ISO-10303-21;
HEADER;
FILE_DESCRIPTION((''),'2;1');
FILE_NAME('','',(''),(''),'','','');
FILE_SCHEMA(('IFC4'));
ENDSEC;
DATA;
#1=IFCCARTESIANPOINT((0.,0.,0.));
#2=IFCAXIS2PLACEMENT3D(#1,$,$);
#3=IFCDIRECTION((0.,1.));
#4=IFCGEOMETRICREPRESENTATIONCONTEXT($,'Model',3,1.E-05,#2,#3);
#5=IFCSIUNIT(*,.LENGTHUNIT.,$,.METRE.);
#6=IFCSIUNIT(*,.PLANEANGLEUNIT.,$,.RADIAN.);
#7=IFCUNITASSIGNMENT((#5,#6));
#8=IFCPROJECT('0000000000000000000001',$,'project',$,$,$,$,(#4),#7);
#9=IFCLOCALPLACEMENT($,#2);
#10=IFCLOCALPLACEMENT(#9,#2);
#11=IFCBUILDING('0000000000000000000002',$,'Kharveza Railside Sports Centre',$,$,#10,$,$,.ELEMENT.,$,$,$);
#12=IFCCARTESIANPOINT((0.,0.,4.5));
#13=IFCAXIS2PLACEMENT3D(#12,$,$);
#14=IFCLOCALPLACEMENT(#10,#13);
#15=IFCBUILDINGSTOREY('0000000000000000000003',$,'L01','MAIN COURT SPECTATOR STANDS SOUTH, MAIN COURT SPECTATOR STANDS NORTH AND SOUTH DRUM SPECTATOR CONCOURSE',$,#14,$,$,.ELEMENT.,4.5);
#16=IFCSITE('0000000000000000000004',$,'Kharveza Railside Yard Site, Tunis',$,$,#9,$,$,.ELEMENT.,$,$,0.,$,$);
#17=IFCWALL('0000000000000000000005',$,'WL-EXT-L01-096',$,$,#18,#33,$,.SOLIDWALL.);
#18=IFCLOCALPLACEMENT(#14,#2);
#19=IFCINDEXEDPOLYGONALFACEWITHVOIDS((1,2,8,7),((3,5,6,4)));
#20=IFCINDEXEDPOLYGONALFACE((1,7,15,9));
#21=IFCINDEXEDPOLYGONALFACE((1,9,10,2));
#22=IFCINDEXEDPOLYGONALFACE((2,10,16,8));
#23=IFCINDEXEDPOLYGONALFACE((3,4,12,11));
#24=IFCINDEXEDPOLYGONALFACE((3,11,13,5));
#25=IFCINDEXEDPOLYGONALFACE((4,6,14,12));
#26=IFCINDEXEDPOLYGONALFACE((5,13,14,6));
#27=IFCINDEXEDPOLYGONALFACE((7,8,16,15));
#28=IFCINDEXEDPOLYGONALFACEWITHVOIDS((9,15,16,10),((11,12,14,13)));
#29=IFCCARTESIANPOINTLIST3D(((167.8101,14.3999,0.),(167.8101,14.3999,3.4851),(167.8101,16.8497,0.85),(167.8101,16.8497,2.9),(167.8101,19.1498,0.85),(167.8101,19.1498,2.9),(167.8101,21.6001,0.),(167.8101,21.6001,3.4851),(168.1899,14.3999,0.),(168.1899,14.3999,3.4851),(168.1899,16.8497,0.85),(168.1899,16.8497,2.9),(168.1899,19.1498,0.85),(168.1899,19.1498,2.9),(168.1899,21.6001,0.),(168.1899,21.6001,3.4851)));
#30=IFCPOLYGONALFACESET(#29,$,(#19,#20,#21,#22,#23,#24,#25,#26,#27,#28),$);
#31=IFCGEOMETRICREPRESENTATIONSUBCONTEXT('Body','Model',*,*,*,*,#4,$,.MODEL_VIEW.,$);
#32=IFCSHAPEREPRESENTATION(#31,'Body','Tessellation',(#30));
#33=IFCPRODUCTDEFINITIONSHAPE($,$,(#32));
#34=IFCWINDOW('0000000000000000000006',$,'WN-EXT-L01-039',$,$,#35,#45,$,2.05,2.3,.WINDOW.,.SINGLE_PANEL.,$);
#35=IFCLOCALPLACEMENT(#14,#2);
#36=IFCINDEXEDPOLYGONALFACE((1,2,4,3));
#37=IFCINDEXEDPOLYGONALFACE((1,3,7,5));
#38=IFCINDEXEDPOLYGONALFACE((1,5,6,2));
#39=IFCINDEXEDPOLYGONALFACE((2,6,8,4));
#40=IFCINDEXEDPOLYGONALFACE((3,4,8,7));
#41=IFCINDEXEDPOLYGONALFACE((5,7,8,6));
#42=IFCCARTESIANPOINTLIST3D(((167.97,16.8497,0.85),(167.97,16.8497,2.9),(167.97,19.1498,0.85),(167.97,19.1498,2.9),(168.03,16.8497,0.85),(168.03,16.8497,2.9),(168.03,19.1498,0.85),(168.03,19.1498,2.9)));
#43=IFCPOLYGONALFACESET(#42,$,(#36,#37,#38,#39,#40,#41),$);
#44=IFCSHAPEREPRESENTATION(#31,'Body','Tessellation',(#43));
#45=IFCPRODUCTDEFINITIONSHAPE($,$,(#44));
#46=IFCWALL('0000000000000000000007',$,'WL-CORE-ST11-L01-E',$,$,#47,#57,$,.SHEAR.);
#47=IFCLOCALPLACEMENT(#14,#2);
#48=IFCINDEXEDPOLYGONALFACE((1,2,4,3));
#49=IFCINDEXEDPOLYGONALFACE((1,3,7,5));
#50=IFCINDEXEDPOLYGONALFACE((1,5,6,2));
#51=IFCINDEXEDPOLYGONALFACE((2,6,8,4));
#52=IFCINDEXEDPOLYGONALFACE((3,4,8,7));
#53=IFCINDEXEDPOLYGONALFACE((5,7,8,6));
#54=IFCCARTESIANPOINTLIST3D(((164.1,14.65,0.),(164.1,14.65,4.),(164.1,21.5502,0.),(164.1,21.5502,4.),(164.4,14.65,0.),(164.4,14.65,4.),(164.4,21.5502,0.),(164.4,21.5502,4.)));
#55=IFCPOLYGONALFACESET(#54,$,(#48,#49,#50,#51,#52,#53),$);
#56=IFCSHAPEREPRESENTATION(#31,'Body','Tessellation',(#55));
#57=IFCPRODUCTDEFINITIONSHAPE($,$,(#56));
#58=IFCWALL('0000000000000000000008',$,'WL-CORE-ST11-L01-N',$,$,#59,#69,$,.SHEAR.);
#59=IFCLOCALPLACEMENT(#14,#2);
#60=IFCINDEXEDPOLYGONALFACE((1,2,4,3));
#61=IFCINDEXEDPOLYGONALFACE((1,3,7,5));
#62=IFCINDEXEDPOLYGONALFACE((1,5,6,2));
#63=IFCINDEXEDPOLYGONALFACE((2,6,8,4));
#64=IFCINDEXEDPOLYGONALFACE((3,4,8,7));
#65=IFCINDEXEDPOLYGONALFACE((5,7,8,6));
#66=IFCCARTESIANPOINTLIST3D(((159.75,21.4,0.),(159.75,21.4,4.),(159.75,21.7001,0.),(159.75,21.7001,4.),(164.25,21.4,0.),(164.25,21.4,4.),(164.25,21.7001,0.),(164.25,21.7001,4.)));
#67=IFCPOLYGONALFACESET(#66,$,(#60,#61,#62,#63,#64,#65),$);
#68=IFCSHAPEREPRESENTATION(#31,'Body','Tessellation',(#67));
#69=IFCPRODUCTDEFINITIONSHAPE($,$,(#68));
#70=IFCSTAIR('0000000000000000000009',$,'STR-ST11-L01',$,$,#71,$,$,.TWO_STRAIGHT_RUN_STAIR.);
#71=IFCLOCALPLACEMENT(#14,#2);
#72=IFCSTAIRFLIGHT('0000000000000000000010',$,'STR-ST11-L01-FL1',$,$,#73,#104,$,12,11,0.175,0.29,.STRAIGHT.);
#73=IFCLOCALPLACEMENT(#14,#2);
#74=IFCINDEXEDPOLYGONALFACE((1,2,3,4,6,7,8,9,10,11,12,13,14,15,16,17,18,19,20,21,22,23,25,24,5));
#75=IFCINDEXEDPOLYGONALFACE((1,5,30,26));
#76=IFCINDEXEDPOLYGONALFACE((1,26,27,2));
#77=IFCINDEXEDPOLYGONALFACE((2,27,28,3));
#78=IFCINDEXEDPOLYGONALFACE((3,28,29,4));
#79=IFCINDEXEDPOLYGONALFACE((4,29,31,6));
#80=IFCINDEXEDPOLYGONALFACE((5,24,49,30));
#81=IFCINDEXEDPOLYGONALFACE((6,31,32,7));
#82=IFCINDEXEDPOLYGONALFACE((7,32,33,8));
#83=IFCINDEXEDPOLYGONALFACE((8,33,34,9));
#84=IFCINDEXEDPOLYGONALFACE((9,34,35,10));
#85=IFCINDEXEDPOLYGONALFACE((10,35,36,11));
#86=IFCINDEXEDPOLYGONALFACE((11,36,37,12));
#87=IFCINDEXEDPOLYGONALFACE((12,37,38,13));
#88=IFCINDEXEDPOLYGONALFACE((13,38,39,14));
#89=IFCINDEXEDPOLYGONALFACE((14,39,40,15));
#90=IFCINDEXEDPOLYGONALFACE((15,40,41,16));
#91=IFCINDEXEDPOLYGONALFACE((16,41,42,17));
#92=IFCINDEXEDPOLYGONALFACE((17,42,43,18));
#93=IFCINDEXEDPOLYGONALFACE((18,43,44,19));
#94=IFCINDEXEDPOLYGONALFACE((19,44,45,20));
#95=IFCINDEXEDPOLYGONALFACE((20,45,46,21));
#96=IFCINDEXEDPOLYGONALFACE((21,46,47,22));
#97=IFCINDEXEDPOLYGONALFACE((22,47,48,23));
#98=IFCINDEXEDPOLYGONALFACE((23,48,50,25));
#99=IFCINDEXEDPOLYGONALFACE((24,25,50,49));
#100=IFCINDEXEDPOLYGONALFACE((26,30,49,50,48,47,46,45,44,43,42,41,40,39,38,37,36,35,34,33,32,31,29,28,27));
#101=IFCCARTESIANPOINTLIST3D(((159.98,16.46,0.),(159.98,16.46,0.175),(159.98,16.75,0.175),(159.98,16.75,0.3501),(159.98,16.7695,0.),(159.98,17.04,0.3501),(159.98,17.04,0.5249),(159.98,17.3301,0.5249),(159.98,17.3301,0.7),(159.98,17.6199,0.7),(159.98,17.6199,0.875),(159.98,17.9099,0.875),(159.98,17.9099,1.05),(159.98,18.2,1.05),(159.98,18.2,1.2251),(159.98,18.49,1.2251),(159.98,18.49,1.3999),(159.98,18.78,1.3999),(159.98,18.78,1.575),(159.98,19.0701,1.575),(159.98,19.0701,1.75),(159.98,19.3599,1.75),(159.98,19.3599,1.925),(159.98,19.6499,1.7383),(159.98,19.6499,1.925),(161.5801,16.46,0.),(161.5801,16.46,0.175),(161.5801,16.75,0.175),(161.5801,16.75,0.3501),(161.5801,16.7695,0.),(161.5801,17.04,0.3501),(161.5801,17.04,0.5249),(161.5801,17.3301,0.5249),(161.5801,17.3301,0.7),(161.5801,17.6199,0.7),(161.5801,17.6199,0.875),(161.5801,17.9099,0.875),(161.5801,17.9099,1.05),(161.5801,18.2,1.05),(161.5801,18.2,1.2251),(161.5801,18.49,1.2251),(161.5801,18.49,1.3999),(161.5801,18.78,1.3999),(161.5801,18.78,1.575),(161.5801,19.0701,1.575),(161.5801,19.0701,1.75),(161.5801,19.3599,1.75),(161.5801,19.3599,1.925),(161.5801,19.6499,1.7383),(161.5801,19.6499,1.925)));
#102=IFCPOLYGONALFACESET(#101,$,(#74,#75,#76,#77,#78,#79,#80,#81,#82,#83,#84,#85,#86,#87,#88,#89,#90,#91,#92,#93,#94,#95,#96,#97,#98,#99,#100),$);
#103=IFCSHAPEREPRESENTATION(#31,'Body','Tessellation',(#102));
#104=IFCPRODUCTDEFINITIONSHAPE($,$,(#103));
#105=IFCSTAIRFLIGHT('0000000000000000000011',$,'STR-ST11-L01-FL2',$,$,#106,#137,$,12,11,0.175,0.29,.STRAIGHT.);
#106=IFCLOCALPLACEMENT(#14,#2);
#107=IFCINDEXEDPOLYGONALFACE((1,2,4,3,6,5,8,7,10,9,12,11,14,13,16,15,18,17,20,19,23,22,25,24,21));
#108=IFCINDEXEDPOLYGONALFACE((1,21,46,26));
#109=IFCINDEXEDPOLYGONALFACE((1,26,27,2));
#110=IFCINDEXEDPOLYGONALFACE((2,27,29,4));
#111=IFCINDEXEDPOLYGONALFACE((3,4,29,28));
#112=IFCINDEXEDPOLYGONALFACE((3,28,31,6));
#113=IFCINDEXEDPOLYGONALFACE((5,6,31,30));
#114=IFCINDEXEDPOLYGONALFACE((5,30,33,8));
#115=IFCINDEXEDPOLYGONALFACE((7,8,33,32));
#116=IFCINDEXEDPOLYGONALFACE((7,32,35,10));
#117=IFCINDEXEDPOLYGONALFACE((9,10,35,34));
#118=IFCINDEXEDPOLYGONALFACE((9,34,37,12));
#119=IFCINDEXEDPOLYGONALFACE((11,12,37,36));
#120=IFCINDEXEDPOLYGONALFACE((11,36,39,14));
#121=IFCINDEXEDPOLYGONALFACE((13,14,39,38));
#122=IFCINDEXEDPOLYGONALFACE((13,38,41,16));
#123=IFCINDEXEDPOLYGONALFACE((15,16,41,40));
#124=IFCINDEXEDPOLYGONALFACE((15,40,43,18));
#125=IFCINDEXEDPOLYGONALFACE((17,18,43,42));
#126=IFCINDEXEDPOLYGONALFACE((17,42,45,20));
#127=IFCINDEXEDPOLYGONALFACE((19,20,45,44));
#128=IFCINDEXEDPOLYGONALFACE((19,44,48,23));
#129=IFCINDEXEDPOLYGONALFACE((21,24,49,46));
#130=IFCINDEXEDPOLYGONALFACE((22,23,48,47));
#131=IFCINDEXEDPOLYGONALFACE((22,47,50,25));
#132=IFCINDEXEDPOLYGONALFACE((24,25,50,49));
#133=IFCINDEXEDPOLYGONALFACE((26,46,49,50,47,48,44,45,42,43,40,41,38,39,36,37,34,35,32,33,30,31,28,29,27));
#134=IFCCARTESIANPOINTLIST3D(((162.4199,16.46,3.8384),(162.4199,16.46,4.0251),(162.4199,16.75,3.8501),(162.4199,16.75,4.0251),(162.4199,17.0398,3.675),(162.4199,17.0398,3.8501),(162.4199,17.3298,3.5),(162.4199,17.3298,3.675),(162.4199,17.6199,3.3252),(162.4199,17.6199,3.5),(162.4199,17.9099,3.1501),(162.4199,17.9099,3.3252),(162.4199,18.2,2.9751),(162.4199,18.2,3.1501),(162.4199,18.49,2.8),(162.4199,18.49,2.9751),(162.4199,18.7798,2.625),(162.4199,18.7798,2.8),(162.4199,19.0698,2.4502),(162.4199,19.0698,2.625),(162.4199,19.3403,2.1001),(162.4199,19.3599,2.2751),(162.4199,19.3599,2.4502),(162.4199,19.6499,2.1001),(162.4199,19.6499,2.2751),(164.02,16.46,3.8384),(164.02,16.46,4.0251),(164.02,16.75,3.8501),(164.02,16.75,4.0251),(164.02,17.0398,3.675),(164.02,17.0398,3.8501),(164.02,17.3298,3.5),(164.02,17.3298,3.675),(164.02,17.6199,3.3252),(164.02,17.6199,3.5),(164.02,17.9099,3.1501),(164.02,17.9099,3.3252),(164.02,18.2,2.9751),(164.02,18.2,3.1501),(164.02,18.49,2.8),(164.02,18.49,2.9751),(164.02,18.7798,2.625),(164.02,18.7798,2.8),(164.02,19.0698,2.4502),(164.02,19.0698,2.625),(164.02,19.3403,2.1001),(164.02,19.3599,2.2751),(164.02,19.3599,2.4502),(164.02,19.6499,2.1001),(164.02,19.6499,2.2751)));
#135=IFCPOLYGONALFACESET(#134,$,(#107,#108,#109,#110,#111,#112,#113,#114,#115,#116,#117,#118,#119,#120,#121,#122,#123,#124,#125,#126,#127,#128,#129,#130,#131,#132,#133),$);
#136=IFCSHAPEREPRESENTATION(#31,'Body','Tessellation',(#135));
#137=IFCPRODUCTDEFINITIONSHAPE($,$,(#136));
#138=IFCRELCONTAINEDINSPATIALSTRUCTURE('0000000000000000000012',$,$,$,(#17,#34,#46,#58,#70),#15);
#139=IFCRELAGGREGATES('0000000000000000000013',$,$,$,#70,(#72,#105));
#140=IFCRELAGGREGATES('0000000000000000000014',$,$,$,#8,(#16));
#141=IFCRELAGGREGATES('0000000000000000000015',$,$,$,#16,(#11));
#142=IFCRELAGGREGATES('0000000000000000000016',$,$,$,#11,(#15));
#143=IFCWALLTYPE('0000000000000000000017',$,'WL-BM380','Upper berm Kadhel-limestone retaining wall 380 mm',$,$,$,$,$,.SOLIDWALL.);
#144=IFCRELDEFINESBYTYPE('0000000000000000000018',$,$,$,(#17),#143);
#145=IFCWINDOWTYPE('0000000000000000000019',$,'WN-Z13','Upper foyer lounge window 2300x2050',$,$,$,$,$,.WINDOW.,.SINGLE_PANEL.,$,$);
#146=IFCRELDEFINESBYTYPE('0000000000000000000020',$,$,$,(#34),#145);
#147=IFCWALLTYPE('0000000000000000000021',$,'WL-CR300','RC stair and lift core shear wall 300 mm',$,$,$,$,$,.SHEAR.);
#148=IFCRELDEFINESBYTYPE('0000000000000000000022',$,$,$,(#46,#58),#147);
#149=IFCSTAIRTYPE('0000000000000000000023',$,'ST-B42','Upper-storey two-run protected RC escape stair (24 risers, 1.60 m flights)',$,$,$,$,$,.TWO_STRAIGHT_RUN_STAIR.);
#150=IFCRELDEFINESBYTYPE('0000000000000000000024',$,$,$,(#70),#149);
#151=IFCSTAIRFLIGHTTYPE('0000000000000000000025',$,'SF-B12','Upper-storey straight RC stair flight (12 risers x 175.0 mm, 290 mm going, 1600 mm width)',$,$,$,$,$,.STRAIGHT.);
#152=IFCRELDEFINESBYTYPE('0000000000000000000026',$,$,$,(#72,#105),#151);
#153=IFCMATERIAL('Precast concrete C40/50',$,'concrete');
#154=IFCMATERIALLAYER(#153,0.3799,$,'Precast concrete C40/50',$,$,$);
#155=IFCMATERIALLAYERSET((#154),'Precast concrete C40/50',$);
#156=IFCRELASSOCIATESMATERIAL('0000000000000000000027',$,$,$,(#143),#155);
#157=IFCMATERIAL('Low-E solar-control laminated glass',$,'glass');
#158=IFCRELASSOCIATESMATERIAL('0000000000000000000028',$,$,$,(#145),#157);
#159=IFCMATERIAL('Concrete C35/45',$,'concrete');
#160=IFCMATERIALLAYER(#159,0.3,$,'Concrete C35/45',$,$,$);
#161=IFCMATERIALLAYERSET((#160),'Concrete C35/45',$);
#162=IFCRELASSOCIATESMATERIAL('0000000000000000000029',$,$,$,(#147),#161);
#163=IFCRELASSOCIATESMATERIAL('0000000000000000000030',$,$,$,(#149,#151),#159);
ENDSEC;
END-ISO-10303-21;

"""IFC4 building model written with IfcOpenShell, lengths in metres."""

from ifc_helpers import new_model, si_unit, direction, frame, frame_2d, origin, place, context, subcontext, project, spatial, polyline, rectangle, outline, extrude, material, layer, layer_set, type_object, element, fill, aggregate, save


model = new_model("IFC4")

# Units and contexts
model_context = context("Model", 3, precision=1e-05, world=origin(), true_north=direction((0.0, 1.0)))
body_context = subcontext(model_context, "Body", "Model", "MODEL_VIEW")
ifc_project = project(units=[si_unit("LENGTHUNIT", "METRE"), si_unit("PLANEANGLEUNIT", "RADIAN")], contexts=[model_context])

# Site, building, storey
site_placement = place(None, origin())
site = spatial("IfcSite", under=ifc_project, at=site_placement, Name="Kharveza Railside Yard Site, Tunis", CompositionType="ELEMENT", RefElevation=0.0)
building_placement = place(site_placement, origin())
building = spatial("IfcBuilding", under=site, at=building_placement, Name="Kharveza Railside Sports Centre", CompositionType="ELEMENT")
storey_placement = place(building_placement, frame((0.0, 0.0, 4.5)))
storey = spatial("IfcBuildingStorey", under=building, at=storey_placement, Name="L01", Description="MAIN COURT SPECTATOR STANDS SOUTH, MAIN COURT SPECTATOR STANDS NORTH AND SOUTH DRUM SPECTATOR CONCOURSE", CompositionType="ELEMENT", Elevation=4.5)

# Wall, opening, window
ifc_material_1 = material(Name="Precast concrete C40/50", Category="concrete")
ifc_layer_1 = layer(ifc_material_1, 0.3799, Name="Precast concrete C40/50")
ifc_layer_set_1 = layer_set([ifc_layer_1], Name="Precast concrete C40/50")
wall_type_1 = type_object("IfcWallType", Name="WL-BM380", Description="Upper berm Kadhel-limestone retaining wall 380 mm", PredefinedType="SOLIDWALL", material=ifc_layer_set_1)
ifc_material_2 = material(Name="Low-E solar-control laminated glass", Category="glass")
wall_1_placement = place(storey_placement, frame((168.0, 14.3999, 0.0), z_axis=(0.0, 0.0, 1.0), x_axis=(0.0, 1.0, 0.0)))
wall_1 = element("IfcWall", 1, at=wall_1_placement, inside=storey, type_object=wall_type_1, Name="WL-EXT-L01-096", PredefinedType="SOLIDWALL", context=body_context, shape_type="SweptSolid", body=[
    extrude(rectangle(XDim=7.2002, YDim=0.3799, at=frame_2d((3.6001, 0.0))), origin(), (0.0, 0.0, 1.0), 3.4851),
])
opening_1_placement = place(wall_1_placement, frame((2.45, 0.0, 0.8501)))
opening_1 = element("IfcOpeningElement", 2, at=opening_1_placement, cuts=wall_1, PredefinedType="OPENING", context=body_context, shape_type="SweptSolid", body=[
    extrude(rectangle(XDim=2.3, YDim=2.05, at=frame_2d((1.1499, 1.0249))), frame((0.0, 0.2148, 0.0), z_axis=(0.0, -1.0, 0.0), x_axis=(1.0, 0.0, 0.0)), (0.0, 0.0, 1.0), 0.4297),
])
window_type_1 = type_object("IfcWindowType", Name="WN-Z13", Description="Upper foyer lounge window 2300x2050", PartitioningType="SINGLE_PANEL", PredefinedType="WINDOW", material=ifc_material_2)
window_1_placement = place(opening_1_placement, origin())
window_1 = element("IfcWindow", 3, at=window_1_placement, inside=storey, type_object=window_type_1, Name="WN-EXT-L01-039", OverallHeight=2.05, OverallWidth=2.3, PartitioningType="SINGLE_PANEL", PredefinedType="WINDOW", context=body_context, shape_type="SweptSolid", body=[
    extrude(rectangle(XDim=2.3, YDim=2.05, at=frame_2d((1.1499, 1.0249))), frame((0.0, 0.03, 0.0), z_axis=(0.0, -1.0, 0.0), x_axis=(1.0, 0.0, 0.0)), (0.0, 0.0, 1.0), 0.0601),
])
fill(opening_1, window_1)

# Walls
ifc_material_3 = material(Name="Concrete C35/45", Category="concrete")
ifc_layer_2 = layer(ifc_material_3, 0.3, Name="Concrete C35/45")
ifc_layer_set_2 = layer_set([ifc_layer_2], Name="Concrete C35/45")
wall_type_2 = type_object("IfcWallType", Name="WL-CR300", Description="RC stair and lift core shear wall 300 mm", PredefinedType="SHEAR", material=ifc_layer_set_2)
wall_2_placement = place(storey_placement, frame((164.25, 14.6499, 0.0), z_axis=(0.0, 0.0, 1.0), x_axis=(0.0, 1.0, 0.0)))
element("IfcWall", 4, at=wall_2_placement, inside=storey, type_object=wall_type_2, Name="WL-CORE-ST11-L01-E", PredefinedType="SHEAR", context=body_context, shape_type="SweptSolid", body=[
    extrude(rectangle(XDim=6.9001, YDim=0.3, at=frame_2d((3.4502, 0.0))), origin(), (0.0, 0.0, 1.0), 4.0),
])
wall_3_placement = place(storey_placement, frame((164.25, 21.55, 0.0), z_axis=(0.0, 0.0, 1.0), x_axis=(-1.0, 0.0, 0.0)))
element("IfcWall", 5, at=wall_3_placement, inside=storey, type_object=wall_type_2, Name="WL-CORE-ST11-L01-N", PredefinedType="SHEAR", context=body_context, shape_type="SweptSolid", body=[
    extrude(rectangle(XDim=4.5, YDim=0.3, at=frame_2d((2.25, 0.0))), origin(), (0.0, 0.0, 1.0), 4.0),
])

# Stair, stair flights
stair_type = type_object("IfcStairType", Name="ST-B42", Description="Upper-storey two-run protected RC escape stair (24 risers, 1.60 m flights)", PredefinedType="TWO_STRAIGHT_RUN_STAIR", material=ifc_material_3)
stair_placement = place(storey_placement, origin())
stair = element("IfcStair", 6, at=stair_placement, inside=storey, type_object=stair_type, Name="STR-ST11-L01", PredefinedType="TWO_STRAIGHT_RUN_STAIR")
stair_flight_type = type_object("IfcStairFlightType", Name="SF-B12", Description="Upper-storey straight RC stair flight (12 risers x 175.0 mm, 290 mm going, 1600 mm width)", PredefinedType="STRAIGHT", material=ifc_material_3)
stair_flight_1_placement = place(storey_placement, frame((160.78, 16.46, 0.0), z_axis=(0.0, 0.0, 1.0), x_axis=(0.0, 1.0, 0.0)))
stair_flight_1 = element("IfcStairFlight", 7, at=stair_flight_1_placement, type_object=stair_flight_type, Name="STR-ST11-L01-FL1", NumberOfRisers=12, NumberOfTreads=11, PredefinedType="STRAIGHT", RiserHeight=0.175, TreadLength=0.29, context=body_context, shape_type="SweptSolid", body=[
    extrude(outline(polyline([(0.0, 0.0), (0.0, 0.175), (0.29, 0.175), (0.29, 0.3501), (0.5801, 0.3501), (0.5801, 0.5249), (0.8701, 0.5249), (0.8701, 0.7), (1.1599, 0.7), (1.1599, 0.875), (1.45, 0.875), (1.45, 1.05), (1.74, 1.05), (1.74, 1.2251), (2.03, 1.2251), (2.03, 1.3999), (2.3201, 1.3999), (2.3201, 1.575), (2.6101, 1.575), (2.6101, 1.75), (2.8999, 1.75), (2.8999, 1.925), (3.1899, 1.925), (3.1899, 2.1001), (3.1899, 1.7383), (0.3096, 0.0), (0.0, 0.0)])), frame((0.0, 0.8, 0.0), z_axis=(0.0, -1.0, 0.0), x_axis=(1.0, 0.0, 0.0)), (0.0, 0.0, 1.0), 1.6001),
])
stair_flight_2_placement = place(storey_placement, frame((163.22, 19.6499, 2.1001), z_axis=(0.0, 0.0, 1.0), x_axis=(0.0, -1.0, 0.0)))
stair_flight_2 = element("IfcStairFlight", 8, at=stair_flight_2_placement, type_object=stair_flight_type, Name="STR-ST11-L01-FL2", NumberOfRisers=12, NumberOfTreads=11, PredefinedType="STRAIGHT", RiserHeight=0.175, TreadLength=0.29, context=body_context, shape_type="SweptSolid", body=[
    extrude(outline(polyline([(0.0, 0.0), (0.0, 0.175), (0.29, 0.175), (0.29, 0.3501), (0.5801, 0.3501), (0.5801, 0.5249), (0.8701, 0.5249), (0.8701, 0.7), (1.1599, 0.7), (1.1599, 0.875), (1.45, 0.875), (1.45, 1.05), (1.74, 1.05), (1.74, 1.2251), (2.03, 1.2251), (2.03, 1.3999), (2.3201, 1.3999), (2.3201, 1.575), (2.6101, 1.575), (2.6101, 1.75), (2.8999, 1.75), (2.8999, 1.925), (3.1899, 1.925), (3.1899, 2.1001), (3.1899, 1.7383), (0.3096, 0.0), (0.0, 0.0)])), frame((0.0, 0.8, 0.0), z_axis=(0.0, -1.0, 0.0), x_axis=(1.0, 0.0, 0.0)), (0.0, 0.0, 1.0), 1.6001),
])
aggregate(stair, [stair_flight_1, stair_flight_2])

save(model, "model.ifc")
